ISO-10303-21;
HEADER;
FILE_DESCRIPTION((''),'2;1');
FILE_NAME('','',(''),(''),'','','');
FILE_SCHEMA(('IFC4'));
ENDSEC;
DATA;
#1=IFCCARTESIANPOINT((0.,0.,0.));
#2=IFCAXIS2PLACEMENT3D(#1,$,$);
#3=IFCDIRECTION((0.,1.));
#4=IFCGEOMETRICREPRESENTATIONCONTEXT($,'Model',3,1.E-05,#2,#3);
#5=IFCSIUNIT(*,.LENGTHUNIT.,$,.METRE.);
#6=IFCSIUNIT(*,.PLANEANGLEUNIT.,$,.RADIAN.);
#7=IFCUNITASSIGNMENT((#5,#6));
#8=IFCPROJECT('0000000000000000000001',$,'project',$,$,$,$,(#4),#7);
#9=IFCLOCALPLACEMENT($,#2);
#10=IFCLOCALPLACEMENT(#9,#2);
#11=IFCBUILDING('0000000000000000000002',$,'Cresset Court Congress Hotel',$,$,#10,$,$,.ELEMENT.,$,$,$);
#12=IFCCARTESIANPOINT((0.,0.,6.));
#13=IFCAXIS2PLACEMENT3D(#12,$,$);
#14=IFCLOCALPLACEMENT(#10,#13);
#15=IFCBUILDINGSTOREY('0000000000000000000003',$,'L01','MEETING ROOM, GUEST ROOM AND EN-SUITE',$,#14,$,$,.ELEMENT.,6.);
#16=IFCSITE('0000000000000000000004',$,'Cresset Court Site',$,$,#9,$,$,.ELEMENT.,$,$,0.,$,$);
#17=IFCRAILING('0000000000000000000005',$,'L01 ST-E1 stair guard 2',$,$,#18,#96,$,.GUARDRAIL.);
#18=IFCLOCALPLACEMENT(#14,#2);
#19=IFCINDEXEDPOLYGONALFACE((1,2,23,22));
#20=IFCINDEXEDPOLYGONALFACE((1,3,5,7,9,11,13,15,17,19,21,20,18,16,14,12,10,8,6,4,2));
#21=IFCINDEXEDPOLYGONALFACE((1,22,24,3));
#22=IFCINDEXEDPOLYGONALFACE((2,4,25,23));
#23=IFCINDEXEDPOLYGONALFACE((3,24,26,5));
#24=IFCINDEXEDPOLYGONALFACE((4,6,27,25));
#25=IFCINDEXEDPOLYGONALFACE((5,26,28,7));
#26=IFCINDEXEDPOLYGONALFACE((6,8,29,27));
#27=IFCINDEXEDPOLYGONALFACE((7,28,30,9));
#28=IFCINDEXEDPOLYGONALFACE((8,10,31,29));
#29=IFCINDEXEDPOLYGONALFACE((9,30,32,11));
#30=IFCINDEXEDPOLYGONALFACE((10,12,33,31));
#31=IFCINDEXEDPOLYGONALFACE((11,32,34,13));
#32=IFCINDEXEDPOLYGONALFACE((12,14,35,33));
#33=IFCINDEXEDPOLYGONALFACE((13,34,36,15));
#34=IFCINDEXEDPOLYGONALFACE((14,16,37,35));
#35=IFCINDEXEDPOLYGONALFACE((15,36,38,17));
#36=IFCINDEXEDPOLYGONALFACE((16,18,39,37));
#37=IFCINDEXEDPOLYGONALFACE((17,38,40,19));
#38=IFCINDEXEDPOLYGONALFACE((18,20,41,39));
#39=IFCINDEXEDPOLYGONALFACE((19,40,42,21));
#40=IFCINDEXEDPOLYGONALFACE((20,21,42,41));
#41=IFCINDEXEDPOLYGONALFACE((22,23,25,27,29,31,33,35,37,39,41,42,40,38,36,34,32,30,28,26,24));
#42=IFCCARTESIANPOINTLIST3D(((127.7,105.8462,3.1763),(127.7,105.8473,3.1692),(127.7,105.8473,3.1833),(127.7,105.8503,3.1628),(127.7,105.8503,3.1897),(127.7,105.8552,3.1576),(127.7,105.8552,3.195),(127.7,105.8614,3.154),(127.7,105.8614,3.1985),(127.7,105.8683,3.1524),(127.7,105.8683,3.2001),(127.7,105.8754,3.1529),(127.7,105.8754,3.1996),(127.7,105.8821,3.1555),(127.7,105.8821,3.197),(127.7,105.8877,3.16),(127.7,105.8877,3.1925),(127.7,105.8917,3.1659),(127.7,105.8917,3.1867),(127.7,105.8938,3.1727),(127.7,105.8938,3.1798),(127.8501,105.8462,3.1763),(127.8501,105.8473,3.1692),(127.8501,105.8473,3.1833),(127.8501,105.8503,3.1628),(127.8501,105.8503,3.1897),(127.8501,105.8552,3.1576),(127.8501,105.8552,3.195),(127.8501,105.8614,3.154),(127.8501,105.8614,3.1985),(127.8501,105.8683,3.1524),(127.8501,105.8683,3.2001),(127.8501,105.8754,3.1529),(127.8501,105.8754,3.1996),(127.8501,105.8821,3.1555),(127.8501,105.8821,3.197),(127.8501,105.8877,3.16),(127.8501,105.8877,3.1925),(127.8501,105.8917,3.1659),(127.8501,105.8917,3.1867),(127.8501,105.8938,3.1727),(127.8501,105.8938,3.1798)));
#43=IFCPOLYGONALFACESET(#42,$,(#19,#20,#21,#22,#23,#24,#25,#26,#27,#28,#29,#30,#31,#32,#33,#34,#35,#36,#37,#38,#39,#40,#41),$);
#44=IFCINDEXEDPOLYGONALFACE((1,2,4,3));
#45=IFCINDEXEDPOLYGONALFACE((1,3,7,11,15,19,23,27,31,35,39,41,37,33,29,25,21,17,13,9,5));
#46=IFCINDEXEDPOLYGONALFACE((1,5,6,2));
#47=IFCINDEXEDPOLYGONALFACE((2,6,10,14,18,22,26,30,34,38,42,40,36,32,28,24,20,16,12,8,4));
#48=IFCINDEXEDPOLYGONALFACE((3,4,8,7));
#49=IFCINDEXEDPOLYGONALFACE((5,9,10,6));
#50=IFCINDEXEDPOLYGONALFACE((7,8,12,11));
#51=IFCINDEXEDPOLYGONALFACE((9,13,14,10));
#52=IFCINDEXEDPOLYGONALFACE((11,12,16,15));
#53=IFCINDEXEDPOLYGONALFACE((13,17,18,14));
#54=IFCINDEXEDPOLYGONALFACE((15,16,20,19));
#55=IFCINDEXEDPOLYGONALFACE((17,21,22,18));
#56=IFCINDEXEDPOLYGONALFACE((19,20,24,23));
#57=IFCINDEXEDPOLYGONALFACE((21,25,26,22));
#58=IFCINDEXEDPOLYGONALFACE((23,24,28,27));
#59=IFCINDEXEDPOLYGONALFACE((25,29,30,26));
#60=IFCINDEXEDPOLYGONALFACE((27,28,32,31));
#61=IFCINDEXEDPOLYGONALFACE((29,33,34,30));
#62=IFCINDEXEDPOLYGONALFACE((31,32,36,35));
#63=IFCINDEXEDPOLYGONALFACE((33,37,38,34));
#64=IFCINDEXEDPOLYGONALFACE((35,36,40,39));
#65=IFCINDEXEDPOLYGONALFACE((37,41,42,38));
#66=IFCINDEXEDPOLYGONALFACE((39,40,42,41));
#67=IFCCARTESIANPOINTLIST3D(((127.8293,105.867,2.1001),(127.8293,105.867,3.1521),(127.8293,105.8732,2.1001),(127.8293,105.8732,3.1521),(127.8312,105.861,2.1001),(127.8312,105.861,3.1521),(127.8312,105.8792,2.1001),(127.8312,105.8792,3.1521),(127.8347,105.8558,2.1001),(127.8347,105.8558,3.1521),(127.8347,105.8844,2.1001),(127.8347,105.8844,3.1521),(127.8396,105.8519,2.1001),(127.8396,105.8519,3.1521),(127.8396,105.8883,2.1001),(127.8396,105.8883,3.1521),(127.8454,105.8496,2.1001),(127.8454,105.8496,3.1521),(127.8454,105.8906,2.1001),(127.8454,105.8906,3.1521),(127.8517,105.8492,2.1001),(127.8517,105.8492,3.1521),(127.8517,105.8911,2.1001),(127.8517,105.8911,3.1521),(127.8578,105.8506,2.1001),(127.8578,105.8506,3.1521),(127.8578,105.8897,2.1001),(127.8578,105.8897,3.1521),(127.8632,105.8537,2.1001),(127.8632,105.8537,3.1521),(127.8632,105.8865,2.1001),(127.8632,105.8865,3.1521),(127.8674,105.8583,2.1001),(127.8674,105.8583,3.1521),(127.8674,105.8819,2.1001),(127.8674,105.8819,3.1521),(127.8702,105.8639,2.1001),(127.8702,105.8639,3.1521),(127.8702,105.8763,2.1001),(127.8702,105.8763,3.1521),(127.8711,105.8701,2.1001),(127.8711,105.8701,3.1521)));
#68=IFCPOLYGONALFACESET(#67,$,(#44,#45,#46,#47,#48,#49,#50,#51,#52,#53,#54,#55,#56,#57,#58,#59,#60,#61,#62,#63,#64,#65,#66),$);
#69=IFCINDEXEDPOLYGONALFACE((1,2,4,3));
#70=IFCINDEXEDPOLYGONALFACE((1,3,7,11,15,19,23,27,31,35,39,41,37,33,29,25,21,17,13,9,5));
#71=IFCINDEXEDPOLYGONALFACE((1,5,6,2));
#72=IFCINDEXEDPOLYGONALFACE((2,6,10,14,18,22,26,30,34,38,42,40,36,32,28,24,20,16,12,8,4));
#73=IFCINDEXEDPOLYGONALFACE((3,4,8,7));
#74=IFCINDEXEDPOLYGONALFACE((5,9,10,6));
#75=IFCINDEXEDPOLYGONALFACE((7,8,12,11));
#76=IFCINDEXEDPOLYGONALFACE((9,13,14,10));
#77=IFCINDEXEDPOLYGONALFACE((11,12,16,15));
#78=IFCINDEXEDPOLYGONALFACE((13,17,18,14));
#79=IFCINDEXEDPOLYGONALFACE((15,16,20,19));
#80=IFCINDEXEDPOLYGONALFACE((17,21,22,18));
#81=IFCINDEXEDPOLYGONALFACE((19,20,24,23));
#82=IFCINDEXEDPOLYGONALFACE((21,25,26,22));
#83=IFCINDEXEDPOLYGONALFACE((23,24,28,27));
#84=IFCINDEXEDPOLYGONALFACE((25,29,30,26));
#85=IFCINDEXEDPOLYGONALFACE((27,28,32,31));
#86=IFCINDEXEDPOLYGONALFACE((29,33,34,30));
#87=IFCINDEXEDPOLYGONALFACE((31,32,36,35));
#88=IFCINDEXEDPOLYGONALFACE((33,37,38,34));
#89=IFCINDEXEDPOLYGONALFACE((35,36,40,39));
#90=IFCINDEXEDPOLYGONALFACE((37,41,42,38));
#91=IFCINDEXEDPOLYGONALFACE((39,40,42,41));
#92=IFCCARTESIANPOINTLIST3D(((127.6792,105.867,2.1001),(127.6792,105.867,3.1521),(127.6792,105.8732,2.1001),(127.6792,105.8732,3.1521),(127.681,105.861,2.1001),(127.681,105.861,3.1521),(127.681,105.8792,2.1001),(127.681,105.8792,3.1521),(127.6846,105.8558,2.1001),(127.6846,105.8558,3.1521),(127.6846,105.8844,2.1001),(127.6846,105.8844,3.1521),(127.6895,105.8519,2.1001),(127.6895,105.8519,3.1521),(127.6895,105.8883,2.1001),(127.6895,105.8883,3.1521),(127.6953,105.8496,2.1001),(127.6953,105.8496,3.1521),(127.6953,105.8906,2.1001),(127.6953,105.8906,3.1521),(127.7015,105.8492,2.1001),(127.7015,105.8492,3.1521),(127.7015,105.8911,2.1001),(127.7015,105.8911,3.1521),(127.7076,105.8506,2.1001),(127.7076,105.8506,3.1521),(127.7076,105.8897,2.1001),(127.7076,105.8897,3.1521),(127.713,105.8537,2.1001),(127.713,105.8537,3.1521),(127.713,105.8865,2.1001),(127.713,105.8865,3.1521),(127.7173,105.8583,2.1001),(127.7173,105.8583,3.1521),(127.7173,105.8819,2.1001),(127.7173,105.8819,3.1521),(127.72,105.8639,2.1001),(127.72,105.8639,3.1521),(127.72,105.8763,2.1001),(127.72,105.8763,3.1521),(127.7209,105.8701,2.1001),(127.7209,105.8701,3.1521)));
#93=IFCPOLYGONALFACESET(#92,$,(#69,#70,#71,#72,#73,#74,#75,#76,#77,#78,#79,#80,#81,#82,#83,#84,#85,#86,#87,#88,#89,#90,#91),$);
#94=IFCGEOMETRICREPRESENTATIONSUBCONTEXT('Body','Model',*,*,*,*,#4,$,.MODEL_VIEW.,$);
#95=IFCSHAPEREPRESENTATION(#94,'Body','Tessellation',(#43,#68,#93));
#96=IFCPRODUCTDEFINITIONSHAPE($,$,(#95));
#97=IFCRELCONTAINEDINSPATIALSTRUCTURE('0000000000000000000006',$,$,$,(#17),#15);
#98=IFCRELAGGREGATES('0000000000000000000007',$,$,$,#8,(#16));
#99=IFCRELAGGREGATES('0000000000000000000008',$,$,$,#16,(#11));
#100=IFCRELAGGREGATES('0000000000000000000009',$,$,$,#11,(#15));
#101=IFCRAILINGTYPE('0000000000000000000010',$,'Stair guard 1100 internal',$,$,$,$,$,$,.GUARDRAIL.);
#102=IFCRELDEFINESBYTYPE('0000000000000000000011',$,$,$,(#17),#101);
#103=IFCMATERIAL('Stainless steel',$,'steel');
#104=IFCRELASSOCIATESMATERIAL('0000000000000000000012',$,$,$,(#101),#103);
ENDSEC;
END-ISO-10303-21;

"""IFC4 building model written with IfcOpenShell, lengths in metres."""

from ifc_helpers import new_model, si_unit, direction, frame, origin, origin_2d, place, context, subcontext, project, spatial, circle, extrude, material, type_object, element, save


model = new_model("IFC4")

# Units and contexts
model_context = context("Model", 3, precision=1e-05, world=origin(), true_north=direction((0.0, 1.0)))
body_context = subcontext(model_context, "Body", "Model", "MODEL_VIEW")
ifc_project = project(units=[si_unit("LENGTHUNIT", "METRE"), si_unit("PLANEANGLEUNIT", "RADIAN")], contexts=[model_context])

# Site, building, storey
site_placement = place(None, origin())
site = spatial("IfcSite", under=ifc_project, at=site_placement, Name="Cresset Court Site", CompositionType="ELEMENT", RefElevation=0.0)
building_placement = place(site_placement, origin())
building = spatial("IfcBuilding", under=site, at=building_placement, Name="Cresset Court Congress Hotel", CompositionType="ELEMENT")
storey_placement = place(building_placement, frame((0.0, 0.0, 6.0)))
storey = spatial("IfcBuildingStorey", under=building, at=storey_placement, Name="L01", Description="MEETING ROOM, GUEST ROOM AND EN-SUITE", CompositionType="ELEMENT", Elevation=6.0)

# Railing
ifc_material_1 = material(Name="Stainless steel", Category="steel")
railing_type_1 = type_object("IfcRailingType", Name="Stair guard 1100 internal", PredefinedType="GUARDRAIL", material=ifc_material_1)
railing_1_placement = place(storey_placement, frame((127.8501, 105.8701, 2.1001)))
element("IfcRailing", 1, at=railing_1_placement, inside=storey, type_object=railing_type_1, Name="L01 ST-E1 stair guard 2", PredefinedType="GUARDRAIL", context=body_context, shape_type="SweptSolid", body=[
    extrude(circle(Radius=0.0239, at=origin_2d()), frame((0.0, 0.0, 1.0762), z_axis=(-1.0, 0.0, 0.0), x_axis=(0.0, -1.0, 0.0)), (0.0, 0.0, 1.0), 0.1501),
    extrude(circle(Radius=0.021, at=origin_2d()), origin(), (0.0, 0.0, 1.0), 1.052),
    extrude(circle(Radius=0.021, at=origin_2d()), frame((-0.1501, 0.0, 0.0)), (0.0, 0.0, 1.0), 1.052),
])

save(model, "model.ifc")
